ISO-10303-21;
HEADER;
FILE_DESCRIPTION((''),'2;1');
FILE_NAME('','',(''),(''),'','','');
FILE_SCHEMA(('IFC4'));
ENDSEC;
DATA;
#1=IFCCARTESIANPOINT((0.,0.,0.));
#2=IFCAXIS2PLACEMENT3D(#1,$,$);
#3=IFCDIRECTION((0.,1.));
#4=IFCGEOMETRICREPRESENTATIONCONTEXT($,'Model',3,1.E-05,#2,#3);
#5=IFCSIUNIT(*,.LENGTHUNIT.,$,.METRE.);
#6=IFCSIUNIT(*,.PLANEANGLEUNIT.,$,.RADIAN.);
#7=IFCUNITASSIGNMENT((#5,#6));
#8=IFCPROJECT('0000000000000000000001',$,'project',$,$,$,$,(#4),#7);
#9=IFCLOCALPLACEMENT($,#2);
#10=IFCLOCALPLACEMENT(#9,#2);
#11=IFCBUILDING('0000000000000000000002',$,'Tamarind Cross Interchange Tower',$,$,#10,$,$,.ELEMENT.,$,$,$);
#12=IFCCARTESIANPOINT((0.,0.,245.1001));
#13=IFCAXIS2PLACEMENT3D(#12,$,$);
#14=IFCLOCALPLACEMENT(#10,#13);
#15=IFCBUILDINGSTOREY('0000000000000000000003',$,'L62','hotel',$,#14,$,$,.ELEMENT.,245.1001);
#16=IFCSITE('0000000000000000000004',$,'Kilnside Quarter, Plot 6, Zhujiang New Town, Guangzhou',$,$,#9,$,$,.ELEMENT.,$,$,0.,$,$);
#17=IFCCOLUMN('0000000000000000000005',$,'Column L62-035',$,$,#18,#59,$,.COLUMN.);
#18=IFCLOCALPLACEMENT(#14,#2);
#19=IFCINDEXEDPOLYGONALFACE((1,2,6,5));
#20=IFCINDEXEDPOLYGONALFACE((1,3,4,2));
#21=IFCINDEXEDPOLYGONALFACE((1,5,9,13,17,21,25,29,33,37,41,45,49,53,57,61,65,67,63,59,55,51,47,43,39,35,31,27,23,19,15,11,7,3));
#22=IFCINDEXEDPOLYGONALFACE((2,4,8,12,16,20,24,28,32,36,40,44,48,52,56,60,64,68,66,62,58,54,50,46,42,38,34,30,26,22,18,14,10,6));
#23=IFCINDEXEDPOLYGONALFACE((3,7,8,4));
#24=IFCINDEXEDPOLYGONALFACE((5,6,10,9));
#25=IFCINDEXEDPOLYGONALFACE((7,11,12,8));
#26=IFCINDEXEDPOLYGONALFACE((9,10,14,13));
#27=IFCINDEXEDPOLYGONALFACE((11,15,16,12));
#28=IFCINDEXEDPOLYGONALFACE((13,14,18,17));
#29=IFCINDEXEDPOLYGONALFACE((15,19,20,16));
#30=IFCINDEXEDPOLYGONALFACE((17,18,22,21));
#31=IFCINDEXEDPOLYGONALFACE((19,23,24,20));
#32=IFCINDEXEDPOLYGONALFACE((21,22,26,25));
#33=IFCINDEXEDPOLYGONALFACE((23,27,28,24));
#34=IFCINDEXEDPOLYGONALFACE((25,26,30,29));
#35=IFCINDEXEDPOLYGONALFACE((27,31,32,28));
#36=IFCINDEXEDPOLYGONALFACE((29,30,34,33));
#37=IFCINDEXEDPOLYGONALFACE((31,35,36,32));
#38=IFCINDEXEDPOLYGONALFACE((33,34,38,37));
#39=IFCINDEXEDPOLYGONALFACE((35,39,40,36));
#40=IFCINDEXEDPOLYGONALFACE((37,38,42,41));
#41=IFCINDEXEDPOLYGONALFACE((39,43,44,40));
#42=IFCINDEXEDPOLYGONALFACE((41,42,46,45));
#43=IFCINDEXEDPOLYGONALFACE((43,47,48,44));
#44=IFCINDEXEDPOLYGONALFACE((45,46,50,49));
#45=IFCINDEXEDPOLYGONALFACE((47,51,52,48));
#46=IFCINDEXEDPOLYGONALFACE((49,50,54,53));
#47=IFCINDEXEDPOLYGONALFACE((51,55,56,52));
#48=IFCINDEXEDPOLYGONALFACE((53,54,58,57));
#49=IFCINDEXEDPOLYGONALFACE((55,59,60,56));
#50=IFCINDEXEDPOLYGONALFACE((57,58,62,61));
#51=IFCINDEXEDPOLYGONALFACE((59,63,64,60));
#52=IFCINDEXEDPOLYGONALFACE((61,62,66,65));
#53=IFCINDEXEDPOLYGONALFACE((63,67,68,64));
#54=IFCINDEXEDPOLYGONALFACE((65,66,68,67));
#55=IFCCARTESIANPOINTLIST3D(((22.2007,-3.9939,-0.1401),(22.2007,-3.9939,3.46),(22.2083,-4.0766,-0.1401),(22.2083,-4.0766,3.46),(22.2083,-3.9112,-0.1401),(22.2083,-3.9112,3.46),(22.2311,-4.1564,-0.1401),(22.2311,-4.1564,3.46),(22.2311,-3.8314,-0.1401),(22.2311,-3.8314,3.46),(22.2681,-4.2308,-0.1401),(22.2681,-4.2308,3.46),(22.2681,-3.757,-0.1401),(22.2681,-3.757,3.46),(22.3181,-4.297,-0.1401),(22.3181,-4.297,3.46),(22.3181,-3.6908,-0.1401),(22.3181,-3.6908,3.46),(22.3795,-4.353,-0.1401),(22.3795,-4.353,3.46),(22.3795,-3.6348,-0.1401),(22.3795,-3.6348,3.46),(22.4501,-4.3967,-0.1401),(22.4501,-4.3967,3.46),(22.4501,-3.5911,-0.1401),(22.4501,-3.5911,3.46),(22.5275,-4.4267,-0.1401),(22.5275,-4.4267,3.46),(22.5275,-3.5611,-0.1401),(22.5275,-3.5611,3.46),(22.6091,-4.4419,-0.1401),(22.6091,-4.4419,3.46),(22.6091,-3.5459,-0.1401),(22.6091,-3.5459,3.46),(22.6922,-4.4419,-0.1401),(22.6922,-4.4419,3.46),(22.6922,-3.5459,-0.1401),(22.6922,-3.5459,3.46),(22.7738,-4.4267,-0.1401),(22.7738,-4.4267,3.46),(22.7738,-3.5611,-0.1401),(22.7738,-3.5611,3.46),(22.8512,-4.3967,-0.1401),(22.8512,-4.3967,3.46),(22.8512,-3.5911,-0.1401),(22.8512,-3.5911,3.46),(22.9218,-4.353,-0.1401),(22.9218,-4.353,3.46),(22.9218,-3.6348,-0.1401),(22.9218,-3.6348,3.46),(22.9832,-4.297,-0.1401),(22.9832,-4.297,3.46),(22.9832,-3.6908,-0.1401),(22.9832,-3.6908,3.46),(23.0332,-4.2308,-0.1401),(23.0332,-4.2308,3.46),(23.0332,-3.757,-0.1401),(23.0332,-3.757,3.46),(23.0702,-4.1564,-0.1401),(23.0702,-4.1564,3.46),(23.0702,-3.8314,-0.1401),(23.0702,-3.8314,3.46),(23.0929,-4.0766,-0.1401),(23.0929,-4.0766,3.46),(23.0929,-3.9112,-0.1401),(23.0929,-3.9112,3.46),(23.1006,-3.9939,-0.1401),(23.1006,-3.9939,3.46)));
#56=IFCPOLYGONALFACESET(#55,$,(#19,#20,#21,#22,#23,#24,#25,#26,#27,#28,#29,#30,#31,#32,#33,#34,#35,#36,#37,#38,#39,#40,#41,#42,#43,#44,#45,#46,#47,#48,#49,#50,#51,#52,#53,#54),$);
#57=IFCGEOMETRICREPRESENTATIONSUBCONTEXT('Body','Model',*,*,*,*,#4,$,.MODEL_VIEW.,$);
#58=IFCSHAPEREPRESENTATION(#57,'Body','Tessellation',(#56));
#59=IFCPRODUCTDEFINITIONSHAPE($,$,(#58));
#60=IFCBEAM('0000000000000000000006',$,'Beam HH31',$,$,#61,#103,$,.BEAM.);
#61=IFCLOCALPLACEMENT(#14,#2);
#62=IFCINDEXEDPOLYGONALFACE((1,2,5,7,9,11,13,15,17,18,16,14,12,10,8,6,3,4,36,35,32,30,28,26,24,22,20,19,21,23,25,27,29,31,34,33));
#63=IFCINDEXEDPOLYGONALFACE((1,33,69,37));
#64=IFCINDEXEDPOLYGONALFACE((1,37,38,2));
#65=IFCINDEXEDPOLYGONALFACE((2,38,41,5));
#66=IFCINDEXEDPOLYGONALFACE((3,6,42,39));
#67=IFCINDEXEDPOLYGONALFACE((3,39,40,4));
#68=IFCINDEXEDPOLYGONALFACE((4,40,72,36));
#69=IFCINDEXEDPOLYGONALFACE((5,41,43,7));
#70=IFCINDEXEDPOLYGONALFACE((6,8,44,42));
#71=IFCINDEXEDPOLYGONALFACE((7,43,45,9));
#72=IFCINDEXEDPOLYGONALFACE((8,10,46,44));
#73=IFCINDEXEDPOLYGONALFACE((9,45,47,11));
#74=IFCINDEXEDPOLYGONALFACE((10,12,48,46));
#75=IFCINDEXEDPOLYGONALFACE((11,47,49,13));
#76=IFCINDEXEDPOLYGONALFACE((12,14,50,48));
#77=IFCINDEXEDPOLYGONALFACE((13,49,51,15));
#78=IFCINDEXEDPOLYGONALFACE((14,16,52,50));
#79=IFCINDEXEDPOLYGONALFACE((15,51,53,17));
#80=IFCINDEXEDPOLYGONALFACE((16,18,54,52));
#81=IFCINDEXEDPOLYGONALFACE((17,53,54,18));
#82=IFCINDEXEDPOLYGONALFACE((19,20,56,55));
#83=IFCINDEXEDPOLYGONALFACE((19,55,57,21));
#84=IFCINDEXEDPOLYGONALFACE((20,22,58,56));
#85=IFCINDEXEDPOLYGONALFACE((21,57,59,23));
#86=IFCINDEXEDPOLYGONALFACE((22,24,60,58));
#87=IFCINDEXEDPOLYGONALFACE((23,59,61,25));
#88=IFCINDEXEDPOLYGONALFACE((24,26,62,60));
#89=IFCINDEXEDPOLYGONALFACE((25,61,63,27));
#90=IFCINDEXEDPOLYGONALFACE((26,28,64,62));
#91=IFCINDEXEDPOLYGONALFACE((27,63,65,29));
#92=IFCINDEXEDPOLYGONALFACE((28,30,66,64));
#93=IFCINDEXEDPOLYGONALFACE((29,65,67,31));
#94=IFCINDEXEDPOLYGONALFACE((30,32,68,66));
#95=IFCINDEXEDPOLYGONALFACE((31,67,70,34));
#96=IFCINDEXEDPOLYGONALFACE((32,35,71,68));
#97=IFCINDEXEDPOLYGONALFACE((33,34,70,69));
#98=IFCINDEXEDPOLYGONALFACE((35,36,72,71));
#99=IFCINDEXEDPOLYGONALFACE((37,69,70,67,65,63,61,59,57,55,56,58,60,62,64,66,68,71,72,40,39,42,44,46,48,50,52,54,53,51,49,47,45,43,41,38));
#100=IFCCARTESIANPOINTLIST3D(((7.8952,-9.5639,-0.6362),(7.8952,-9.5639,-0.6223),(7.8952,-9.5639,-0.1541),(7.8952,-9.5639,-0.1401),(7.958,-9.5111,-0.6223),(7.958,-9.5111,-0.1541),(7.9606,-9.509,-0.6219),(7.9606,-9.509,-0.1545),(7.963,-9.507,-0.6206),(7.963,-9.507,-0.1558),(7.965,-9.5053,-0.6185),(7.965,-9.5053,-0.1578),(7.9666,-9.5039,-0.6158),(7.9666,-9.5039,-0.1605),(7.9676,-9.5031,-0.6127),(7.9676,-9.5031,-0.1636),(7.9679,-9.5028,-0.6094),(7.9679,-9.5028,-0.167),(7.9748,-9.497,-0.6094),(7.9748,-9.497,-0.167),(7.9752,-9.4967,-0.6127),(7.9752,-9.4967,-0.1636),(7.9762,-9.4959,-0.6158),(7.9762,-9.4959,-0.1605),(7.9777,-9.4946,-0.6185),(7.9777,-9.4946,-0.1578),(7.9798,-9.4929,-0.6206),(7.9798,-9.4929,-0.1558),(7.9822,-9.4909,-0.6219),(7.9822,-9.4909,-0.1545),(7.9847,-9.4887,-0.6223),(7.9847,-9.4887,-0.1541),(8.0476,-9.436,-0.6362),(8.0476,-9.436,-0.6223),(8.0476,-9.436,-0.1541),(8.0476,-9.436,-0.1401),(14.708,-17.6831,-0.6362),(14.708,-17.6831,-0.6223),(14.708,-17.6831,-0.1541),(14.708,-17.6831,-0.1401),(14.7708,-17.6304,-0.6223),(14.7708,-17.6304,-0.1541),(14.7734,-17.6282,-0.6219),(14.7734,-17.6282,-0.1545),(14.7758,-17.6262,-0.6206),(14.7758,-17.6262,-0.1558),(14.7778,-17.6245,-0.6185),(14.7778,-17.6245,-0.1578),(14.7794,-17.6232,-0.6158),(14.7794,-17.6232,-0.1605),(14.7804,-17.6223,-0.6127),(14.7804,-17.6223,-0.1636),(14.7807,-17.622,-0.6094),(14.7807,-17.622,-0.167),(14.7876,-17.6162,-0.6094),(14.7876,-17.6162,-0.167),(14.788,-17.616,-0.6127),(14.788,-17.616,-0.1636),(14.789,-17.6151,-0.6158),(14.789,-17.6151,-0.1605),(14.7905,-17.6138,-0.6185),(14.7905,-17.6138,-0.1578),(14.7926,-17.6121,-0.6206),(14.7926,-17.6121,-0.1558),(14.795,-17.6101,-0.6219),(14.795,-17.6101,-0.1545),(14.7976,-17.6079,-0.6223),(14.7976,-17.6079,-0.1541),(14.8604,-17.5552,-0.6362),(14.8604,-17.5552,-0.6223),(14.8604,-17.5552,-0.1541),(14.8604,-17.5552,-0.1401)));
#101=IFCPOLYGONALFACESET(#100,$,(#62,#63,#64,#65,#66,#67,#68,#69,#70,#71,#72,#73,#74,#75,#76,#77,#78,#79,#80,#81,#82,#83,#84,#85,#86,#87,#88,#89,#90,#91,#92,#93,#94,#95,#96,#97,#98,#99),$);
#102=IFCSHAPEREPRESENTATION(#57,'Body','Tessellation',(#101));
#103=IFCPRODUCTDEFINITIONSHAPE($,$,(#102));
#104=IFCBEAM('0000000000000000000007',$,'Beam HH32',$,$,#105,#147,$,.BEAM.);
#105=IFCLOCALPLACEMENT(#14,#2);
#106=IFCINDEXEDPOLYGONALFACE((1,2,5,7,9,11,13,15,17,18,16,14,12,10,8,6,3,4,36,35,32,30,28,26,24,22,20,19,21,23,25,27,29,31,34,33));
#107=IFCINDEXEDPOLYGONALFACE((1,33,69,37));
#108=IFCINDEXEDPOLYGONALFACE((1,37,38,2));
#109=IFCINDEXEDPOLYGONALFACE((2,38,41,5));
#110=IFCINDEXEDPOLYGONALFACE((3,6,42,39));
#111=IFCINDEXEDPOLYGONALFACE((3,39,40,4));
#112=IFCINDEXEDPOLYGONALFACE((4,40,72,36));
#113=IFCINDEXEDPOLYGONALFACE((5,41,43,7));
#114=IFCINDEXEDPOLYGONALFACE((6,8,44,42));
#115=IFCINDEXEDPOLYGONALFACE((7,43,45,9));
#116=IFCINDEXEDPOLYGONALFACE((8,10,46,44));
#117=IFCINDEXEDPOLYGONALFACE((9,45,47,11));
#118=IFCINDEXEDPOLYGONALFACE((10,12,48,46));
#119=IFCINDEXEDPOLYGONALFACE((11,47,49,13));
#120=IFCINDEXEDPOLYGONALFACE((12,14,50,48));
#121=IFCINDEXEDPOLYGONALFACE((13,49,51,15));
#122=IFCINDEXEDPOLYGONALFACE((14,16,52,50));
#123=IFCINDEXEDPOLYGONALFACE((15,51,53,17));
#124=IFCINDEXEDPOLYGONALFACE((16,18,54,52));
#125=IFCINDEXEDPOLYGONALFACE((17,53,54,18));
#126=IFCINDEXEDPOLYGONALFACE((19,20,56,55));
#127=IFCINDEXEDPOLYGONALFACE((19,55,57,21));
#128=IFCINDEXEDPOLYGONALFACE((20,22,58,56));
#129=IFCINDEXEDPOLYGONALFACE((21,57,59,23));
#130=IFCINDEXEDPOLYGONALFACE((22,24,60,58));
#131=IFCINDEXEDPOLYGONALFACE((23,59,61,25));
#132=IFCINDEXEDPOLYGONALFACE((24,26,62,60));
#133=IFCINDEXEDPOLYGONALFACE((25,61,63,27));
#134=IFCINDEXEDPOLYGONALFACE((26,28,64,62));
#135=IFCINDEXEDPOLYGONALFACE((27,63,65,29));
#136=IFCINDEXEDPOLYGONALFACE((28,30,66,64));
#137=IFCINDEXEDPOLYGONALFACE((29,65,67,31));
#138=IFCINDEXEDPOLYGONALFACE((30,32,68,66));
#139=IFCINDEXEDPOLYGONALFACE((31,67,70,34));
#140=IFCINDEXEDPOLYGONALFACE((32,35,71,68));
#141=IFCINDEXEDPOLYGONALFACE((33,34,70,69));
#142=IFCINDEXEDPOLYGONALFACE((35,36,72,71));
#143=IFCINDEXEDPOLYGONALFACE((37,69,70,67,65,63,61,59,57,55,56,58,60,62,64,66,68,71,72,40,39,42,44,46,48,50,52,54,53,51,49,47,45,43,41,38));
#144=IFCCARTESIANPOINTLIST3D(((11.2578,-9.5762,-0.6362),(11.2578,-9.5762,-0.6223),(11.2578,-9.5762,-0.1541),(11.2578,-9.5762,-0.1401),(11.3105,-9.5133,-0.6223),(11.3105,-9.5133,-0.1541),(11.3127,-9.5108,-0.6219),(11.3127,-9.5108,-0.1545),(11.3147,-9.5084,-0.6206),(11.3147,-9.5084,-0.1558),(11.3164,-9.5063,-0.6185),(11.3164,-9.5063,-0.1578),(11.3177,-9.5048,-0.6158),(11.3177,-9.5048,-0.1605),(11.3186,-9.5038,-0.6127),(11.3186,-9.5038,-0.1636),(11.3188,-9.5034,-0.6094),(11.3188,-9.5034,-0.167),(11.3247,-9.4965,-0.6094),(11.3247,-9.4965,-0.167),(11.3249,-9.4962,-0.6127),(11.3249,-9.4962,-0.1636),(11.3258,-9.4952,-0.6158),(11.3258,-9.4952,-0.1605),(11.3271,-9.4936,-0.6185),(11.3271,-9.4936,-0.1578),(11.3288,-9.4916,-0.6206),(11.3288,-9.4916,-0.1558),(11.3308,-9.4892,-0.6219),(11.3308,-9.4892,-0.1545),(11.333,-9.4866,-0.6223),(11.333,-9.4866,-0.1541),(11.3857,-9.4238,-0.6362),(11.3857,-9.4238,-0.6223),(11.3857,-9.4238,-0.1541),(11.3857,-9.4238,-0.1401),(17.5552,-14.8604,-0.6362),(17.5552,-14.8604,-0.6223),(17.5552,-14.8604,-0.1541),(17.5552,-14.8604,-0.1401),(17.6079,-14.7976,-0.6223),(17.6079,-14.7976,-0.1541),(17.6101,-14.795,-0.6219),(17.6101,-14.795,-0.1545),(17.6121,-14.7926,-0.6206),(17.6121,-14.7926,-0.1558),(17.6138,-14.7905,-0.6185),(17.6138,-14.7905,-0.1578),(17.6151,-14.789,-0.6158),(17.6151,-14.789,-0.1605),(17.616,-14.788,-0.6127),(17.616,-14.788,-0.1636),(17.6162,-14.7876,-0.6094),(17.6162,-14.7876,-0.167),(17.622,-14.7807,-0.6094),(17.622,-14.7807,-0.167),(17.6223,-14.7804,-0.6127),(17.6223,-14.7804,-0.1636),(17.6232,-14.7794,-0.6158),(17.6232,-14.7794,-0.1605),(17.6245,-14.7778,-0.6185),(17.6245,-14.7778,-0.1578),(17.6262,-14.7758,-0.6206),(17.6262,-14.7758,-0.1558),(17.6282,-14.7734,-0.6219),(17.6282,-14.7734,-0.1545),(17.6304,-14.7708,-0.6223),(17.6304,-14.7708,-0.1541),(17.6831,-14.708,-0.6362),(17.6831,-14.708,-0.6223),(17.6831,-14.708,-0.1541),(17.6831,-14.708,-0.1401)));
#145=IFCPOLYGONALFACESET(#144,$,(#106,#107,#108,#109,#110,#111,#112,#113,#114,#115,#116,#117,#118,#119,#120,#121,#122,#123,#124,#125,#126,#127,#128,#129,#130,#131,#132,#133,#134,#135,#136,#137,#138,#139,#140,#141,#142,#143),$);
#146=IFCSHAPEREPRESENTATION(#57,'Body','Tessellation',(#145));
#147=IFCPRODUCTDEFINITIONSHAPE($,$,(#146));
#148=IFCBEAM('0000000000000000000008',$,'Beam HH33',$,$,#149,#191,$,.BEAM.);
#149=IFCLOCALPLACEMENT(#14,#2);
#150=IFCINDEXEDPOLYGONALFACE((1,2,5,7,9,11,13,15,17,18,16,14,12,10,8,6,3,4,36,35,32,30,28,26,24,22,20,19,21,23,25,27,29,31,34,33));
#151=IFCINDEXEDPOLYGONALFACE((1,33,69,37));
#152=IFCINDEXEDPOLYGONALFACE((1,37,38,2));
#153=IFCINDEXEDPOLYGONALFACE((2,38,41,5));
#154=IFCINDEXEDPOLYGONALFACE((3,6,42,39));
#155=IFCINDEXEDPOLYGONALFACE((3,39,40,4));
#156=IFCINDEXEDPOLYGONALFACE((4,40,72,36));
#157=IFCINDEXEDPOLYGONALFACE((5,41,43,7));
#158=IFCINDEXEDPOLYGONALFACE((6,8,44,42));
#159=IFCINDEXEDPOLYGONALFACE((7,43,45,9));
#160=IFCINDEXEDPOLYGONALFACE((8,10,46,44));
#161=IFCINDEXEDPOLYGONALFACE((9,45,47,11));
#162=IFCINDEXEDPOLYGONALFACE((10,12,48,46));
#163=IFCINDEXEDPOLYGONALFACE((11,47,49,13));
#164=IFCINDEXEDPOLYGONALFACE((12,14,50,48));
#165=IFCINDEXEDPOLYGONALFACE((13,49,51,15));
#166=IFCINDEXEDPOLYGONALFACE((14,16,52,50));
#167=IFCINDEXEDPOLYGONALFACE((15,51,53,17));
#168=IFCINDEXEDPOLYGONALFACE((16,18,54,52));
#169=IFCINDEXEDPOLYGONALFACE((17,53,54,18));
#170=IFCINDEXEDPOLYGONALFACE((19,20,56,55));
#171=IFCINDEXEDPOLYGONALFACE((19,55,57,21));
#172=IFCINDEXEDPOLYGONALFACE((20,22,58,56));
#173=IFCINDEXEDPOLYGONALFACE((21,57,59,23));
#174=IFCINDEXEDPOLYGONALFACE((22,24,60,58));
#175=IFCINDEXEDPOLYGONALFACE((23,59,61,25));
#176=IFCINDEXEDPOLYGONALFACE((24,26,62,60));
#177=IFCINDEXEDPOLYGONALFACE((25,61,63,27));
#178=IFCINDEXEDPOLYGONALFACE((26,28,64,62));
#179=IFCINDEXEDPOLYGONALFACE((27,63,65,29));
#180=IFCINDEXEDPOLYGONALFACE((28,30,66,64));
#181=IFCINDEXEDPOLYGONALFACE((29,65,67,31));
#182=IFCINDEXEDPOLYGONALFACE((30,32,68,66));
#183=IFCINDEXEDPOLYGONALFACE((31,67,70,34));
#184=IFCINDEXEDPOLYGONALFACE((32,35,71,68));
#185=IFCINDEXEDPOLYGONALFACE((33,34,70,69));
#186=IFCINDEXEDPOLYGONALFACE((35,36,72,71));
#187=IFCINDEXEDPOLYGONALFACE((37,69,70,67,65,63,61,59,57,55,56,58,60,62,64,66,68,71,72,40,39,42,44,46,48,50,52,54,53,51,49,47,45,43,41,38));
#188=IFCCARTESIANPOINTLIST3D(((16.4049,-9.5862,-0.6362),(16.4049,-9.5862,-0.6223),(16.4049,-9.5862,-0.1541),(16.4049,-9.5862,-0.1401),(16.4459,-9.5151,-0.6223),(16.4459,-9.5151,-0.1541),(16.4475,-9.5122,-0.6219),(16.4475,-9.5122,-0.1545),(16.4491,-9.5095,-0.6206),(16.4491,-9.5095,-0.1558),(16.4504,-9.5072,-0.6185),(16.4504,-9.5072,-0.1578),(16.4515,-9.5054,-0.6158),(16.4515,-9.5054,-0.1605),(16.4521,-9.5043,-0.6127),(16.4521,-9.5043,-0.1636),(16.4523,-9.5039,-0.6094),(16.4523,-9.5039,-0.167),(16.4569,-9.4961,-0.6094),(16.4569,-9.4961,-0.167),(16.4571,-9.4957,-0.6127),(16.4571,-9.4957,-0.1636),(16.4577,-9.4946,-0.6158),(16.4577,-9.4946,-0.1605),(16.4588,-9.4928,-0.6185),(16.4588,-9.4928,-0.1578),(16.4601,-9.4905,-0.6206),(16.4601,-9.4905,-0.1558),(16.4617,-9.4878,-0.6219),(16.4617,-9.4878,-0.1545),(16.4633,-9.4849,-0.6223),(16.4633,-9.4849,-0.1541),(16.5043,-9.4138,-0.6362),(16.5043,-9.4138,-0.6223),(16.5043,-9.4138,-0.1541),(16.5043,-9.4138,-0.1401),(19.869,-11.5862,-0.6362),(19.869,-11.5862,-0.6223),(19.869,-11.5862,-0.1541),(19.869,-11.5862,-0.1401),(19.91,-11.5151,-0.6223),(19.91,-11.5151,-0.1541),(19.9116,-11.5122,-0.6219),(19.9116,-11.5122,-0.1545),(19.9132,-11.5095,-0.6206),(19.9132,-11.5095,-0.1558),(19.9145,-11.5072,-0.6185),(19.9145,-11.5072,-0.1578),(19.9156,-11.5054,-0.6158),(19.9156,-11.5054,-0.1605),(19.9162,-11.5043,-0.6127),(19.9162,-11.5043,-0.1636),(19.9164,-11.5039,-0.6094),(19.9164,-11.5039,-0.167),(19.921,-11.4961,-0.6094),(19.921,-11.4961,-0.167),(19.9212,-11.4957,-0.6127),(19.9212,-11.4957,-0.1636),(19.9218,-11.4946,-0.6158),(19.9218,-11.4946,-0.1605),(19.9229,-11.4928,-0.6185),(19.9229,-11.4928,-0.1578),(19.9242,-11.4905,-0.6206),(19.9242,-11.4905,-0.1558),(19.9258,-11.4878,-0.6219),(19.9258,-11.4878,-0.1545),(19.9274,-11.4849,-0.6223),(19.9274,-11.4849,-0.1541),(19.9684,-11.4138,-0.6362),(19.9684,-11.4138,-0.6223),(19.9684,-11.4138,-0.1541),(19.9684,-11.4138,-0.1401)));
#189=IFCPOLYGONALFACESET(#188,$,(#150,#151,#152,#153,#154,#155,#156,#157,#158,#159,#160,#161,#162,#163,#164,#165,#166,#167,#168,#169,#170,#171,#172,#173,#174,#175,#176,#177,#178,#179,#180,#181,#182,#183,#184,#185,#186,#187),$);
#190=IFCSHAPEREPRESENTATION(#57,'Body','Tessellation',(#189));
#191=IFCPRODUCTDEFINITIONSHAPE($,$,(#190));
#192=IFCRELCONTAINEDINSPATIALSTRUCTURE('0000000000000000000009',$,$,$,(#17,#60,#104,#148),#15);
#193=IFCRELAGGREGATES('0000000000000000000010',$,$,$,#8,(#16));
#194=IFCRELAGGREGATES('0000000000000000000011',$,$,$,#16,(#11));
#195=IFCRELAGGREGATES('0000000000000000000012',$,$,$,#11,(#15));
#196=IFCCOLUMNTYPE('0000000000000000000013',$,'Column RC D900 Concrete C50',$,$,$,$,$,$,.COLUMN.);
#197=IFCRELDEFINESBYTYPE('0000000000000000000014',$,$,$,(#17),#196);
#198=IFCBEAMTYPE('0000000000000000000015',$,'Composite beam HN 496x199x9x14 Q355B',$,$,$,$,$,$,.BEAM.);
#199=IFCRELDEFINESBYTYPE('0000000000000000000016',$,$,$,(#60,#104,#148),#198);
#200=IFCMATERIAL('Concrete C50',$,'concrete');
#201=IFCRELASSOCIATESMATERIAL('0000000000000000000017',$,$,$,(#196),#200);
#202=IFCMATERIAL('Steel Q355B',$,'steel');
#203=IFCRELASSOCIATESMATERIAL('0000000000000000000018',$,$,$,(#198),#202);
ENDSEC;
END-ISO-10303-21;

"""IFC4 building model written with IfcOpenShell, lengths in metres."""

from ifc_helpers import new_model, si_unit, direction, frame, origin, origin_2d, place, context, subcontext, project, spatial, circle, i_section, extrude, material, material_profile, profile_set, type_object, element, save


model = new_model("IFC4")

# Units and contexts
model_context = context("Model", 3, precision=1e-05, world=origin(), true_north=direction((0.0, 1.0)))
body_context = subcontext(model_context, "Body", "Model", "MODEL_VIEW")
ifc_project = project(units=[si_unit("LENGTHUNIT", "METRE"), si_unit("PLANEANGLEUNIT", "RADIAN")], contexts=[model_context])

# Site, building, storey
site_placement = place(None, origin())
site = spatial("IfcSite", under=ifc_project, at=site_placement, Name="Kilnside Quarter, Plot 6, Zhujiang New Town, Guangzhou", CompositionType="ELEMENT", RefElevation=0.0)
building_placement = place(site_placement, origin())
building = spatial("IfcBuilding", under=site, at=building_placement, Name="Tamarind Cross Interchange Tower", CompositionType="ELEMENT")
storey_placement = place(building_placement, frame((0.0, 0.0, 245.1001)))
storey = spatial("IfcBuildingStorey", under=building, at=storey_placement, Name="L62", Description="hotel", CompositionType="ELEMENT", Elevation=245.1001)

# Column
ifc_material_1 = material(Name="Concrete C50", Category="concrete")
ifc_material_profile_1 = material_profile(ifc_material_1, circle(Radius=0.45, at=origin_2d()), Name="RC D900")
ifc_profile_set_1 = profile_set([ifc_material_profile_1], Name="Concrete C50")
column_type = type_object("IfcColumnType", Name="Column RC D900 Concrete C50", PredefinedType="COLUMN", material=ifc_profile_set_1)
for number, where, z_axis, x_axis, name in (
    (1, (22.6506, -3.9939, -0.1401), (0.0, 0.0, 1.0), (1.0, 0.0, 0.0), "Column L62-035"),
):
    element("IfcColumn", number, at=place(storey_placement, frame(where, z_axis=z_axis, x_axis=x_axis)), inside=storey, type_object=column_type, Name=name, PredefinedType="COLUMN", context=body_context, shape_type="SweptSolid", body=[
        extrude(circle(Radius=0.45, at=origin_2d()), origin(), (0.0, 0.0, 1.0), 3.6001),
    ])

# Beams
ifc_material_2 = material(Name="Steel Q355B", Category="steel")
ifc_material_profile_2 = material_profile(ifc_material_2, i_section(OverallWidth=0.199, OverallDepth=0.4961, WebThickness=0.009, FlangeThickness=0.0139, FilletRadius=0.0129, at=origin_2d()), Name="HN 496x199x9x14")
ifc_profile_set_2 = profile_set([ifc_material_profile_2], Name="Steel Q355B")
beam_type = type_object("IfcBeamType", Name="Composite beam HN 496x199x9x14 Q355B", PredefinedType="BEAM", material=ifc_profile_set_2)
beam_1_placement = place(storey_placement, frame((14.7842, -17.6191, -0.3882), z_axis=(-0.642786, 0.766046, 0.0), x_axis=(-0.766046, -0.642786, 0.0)))
element("IfcBeam", 2, at=beam_1_placement, inside=storey, type_object=beam_type, Name="Beam HH31", PredefinedType="BEAM", context=body_context, shape_type="SweptSolid", body=[
    extrude(i_section(OverallWidth=0.199, OverallDepth=0.4961, WebThickness=0.009, FlangeThickness=0.0139, FilletRadius=0.0129, at=origin_2d()), origin(), (0.0, 0.0, 1.0), 10.5989),
])
beam_2_placement = place(storey_placement, frame((17.6191, -14.7842, -0.3882), z_axis=(-0.766041, 0.642792, 0.0), x_axis=(-0.642792, -0.766041, 0.0)))
element("IfcBeam", 3, at=beam_2_placement, inside=storey, type_object=beam_type, Name="Beam HH32", PredefinedType="BEAM", context=body_context, shape_type="SweptSolid", body=[
    extrude(i_section(OverallWidth=0.199, OverallDepth=0.4961, WebThickness=0.009, FlangeThickness=0.0139, FilletRadius=0.0129, at=origin_2d()), origin(), (0.0, 0.0, 1.0), 8.2207),
])
beam_3_placement = place(storey_placement, frame((19.9187, -11.5, -0.3882), z_axis=(-0.866026, 0.499999, 0.0), x_axis=(-0.499999, -0.866026, 0.0)))
element("IfcBeam", 4, at=beam_3_placement, inside=storey, type_object=beam_type, Name="Beam HH33", PredefinedType="BEAM", context=body_context, shape_type="SweptSolid", body=[
    extrude(i_section(OverallWidth=0.199, OverallDepth=0.4961, WebThickness=0.009, FlangeThickness=0.0139, FilletRadius=0.0129, at=origin_2d()), origin(), (0.0, 0.0, 1.0), 4.0),
])

save(model, "model.ifc")
